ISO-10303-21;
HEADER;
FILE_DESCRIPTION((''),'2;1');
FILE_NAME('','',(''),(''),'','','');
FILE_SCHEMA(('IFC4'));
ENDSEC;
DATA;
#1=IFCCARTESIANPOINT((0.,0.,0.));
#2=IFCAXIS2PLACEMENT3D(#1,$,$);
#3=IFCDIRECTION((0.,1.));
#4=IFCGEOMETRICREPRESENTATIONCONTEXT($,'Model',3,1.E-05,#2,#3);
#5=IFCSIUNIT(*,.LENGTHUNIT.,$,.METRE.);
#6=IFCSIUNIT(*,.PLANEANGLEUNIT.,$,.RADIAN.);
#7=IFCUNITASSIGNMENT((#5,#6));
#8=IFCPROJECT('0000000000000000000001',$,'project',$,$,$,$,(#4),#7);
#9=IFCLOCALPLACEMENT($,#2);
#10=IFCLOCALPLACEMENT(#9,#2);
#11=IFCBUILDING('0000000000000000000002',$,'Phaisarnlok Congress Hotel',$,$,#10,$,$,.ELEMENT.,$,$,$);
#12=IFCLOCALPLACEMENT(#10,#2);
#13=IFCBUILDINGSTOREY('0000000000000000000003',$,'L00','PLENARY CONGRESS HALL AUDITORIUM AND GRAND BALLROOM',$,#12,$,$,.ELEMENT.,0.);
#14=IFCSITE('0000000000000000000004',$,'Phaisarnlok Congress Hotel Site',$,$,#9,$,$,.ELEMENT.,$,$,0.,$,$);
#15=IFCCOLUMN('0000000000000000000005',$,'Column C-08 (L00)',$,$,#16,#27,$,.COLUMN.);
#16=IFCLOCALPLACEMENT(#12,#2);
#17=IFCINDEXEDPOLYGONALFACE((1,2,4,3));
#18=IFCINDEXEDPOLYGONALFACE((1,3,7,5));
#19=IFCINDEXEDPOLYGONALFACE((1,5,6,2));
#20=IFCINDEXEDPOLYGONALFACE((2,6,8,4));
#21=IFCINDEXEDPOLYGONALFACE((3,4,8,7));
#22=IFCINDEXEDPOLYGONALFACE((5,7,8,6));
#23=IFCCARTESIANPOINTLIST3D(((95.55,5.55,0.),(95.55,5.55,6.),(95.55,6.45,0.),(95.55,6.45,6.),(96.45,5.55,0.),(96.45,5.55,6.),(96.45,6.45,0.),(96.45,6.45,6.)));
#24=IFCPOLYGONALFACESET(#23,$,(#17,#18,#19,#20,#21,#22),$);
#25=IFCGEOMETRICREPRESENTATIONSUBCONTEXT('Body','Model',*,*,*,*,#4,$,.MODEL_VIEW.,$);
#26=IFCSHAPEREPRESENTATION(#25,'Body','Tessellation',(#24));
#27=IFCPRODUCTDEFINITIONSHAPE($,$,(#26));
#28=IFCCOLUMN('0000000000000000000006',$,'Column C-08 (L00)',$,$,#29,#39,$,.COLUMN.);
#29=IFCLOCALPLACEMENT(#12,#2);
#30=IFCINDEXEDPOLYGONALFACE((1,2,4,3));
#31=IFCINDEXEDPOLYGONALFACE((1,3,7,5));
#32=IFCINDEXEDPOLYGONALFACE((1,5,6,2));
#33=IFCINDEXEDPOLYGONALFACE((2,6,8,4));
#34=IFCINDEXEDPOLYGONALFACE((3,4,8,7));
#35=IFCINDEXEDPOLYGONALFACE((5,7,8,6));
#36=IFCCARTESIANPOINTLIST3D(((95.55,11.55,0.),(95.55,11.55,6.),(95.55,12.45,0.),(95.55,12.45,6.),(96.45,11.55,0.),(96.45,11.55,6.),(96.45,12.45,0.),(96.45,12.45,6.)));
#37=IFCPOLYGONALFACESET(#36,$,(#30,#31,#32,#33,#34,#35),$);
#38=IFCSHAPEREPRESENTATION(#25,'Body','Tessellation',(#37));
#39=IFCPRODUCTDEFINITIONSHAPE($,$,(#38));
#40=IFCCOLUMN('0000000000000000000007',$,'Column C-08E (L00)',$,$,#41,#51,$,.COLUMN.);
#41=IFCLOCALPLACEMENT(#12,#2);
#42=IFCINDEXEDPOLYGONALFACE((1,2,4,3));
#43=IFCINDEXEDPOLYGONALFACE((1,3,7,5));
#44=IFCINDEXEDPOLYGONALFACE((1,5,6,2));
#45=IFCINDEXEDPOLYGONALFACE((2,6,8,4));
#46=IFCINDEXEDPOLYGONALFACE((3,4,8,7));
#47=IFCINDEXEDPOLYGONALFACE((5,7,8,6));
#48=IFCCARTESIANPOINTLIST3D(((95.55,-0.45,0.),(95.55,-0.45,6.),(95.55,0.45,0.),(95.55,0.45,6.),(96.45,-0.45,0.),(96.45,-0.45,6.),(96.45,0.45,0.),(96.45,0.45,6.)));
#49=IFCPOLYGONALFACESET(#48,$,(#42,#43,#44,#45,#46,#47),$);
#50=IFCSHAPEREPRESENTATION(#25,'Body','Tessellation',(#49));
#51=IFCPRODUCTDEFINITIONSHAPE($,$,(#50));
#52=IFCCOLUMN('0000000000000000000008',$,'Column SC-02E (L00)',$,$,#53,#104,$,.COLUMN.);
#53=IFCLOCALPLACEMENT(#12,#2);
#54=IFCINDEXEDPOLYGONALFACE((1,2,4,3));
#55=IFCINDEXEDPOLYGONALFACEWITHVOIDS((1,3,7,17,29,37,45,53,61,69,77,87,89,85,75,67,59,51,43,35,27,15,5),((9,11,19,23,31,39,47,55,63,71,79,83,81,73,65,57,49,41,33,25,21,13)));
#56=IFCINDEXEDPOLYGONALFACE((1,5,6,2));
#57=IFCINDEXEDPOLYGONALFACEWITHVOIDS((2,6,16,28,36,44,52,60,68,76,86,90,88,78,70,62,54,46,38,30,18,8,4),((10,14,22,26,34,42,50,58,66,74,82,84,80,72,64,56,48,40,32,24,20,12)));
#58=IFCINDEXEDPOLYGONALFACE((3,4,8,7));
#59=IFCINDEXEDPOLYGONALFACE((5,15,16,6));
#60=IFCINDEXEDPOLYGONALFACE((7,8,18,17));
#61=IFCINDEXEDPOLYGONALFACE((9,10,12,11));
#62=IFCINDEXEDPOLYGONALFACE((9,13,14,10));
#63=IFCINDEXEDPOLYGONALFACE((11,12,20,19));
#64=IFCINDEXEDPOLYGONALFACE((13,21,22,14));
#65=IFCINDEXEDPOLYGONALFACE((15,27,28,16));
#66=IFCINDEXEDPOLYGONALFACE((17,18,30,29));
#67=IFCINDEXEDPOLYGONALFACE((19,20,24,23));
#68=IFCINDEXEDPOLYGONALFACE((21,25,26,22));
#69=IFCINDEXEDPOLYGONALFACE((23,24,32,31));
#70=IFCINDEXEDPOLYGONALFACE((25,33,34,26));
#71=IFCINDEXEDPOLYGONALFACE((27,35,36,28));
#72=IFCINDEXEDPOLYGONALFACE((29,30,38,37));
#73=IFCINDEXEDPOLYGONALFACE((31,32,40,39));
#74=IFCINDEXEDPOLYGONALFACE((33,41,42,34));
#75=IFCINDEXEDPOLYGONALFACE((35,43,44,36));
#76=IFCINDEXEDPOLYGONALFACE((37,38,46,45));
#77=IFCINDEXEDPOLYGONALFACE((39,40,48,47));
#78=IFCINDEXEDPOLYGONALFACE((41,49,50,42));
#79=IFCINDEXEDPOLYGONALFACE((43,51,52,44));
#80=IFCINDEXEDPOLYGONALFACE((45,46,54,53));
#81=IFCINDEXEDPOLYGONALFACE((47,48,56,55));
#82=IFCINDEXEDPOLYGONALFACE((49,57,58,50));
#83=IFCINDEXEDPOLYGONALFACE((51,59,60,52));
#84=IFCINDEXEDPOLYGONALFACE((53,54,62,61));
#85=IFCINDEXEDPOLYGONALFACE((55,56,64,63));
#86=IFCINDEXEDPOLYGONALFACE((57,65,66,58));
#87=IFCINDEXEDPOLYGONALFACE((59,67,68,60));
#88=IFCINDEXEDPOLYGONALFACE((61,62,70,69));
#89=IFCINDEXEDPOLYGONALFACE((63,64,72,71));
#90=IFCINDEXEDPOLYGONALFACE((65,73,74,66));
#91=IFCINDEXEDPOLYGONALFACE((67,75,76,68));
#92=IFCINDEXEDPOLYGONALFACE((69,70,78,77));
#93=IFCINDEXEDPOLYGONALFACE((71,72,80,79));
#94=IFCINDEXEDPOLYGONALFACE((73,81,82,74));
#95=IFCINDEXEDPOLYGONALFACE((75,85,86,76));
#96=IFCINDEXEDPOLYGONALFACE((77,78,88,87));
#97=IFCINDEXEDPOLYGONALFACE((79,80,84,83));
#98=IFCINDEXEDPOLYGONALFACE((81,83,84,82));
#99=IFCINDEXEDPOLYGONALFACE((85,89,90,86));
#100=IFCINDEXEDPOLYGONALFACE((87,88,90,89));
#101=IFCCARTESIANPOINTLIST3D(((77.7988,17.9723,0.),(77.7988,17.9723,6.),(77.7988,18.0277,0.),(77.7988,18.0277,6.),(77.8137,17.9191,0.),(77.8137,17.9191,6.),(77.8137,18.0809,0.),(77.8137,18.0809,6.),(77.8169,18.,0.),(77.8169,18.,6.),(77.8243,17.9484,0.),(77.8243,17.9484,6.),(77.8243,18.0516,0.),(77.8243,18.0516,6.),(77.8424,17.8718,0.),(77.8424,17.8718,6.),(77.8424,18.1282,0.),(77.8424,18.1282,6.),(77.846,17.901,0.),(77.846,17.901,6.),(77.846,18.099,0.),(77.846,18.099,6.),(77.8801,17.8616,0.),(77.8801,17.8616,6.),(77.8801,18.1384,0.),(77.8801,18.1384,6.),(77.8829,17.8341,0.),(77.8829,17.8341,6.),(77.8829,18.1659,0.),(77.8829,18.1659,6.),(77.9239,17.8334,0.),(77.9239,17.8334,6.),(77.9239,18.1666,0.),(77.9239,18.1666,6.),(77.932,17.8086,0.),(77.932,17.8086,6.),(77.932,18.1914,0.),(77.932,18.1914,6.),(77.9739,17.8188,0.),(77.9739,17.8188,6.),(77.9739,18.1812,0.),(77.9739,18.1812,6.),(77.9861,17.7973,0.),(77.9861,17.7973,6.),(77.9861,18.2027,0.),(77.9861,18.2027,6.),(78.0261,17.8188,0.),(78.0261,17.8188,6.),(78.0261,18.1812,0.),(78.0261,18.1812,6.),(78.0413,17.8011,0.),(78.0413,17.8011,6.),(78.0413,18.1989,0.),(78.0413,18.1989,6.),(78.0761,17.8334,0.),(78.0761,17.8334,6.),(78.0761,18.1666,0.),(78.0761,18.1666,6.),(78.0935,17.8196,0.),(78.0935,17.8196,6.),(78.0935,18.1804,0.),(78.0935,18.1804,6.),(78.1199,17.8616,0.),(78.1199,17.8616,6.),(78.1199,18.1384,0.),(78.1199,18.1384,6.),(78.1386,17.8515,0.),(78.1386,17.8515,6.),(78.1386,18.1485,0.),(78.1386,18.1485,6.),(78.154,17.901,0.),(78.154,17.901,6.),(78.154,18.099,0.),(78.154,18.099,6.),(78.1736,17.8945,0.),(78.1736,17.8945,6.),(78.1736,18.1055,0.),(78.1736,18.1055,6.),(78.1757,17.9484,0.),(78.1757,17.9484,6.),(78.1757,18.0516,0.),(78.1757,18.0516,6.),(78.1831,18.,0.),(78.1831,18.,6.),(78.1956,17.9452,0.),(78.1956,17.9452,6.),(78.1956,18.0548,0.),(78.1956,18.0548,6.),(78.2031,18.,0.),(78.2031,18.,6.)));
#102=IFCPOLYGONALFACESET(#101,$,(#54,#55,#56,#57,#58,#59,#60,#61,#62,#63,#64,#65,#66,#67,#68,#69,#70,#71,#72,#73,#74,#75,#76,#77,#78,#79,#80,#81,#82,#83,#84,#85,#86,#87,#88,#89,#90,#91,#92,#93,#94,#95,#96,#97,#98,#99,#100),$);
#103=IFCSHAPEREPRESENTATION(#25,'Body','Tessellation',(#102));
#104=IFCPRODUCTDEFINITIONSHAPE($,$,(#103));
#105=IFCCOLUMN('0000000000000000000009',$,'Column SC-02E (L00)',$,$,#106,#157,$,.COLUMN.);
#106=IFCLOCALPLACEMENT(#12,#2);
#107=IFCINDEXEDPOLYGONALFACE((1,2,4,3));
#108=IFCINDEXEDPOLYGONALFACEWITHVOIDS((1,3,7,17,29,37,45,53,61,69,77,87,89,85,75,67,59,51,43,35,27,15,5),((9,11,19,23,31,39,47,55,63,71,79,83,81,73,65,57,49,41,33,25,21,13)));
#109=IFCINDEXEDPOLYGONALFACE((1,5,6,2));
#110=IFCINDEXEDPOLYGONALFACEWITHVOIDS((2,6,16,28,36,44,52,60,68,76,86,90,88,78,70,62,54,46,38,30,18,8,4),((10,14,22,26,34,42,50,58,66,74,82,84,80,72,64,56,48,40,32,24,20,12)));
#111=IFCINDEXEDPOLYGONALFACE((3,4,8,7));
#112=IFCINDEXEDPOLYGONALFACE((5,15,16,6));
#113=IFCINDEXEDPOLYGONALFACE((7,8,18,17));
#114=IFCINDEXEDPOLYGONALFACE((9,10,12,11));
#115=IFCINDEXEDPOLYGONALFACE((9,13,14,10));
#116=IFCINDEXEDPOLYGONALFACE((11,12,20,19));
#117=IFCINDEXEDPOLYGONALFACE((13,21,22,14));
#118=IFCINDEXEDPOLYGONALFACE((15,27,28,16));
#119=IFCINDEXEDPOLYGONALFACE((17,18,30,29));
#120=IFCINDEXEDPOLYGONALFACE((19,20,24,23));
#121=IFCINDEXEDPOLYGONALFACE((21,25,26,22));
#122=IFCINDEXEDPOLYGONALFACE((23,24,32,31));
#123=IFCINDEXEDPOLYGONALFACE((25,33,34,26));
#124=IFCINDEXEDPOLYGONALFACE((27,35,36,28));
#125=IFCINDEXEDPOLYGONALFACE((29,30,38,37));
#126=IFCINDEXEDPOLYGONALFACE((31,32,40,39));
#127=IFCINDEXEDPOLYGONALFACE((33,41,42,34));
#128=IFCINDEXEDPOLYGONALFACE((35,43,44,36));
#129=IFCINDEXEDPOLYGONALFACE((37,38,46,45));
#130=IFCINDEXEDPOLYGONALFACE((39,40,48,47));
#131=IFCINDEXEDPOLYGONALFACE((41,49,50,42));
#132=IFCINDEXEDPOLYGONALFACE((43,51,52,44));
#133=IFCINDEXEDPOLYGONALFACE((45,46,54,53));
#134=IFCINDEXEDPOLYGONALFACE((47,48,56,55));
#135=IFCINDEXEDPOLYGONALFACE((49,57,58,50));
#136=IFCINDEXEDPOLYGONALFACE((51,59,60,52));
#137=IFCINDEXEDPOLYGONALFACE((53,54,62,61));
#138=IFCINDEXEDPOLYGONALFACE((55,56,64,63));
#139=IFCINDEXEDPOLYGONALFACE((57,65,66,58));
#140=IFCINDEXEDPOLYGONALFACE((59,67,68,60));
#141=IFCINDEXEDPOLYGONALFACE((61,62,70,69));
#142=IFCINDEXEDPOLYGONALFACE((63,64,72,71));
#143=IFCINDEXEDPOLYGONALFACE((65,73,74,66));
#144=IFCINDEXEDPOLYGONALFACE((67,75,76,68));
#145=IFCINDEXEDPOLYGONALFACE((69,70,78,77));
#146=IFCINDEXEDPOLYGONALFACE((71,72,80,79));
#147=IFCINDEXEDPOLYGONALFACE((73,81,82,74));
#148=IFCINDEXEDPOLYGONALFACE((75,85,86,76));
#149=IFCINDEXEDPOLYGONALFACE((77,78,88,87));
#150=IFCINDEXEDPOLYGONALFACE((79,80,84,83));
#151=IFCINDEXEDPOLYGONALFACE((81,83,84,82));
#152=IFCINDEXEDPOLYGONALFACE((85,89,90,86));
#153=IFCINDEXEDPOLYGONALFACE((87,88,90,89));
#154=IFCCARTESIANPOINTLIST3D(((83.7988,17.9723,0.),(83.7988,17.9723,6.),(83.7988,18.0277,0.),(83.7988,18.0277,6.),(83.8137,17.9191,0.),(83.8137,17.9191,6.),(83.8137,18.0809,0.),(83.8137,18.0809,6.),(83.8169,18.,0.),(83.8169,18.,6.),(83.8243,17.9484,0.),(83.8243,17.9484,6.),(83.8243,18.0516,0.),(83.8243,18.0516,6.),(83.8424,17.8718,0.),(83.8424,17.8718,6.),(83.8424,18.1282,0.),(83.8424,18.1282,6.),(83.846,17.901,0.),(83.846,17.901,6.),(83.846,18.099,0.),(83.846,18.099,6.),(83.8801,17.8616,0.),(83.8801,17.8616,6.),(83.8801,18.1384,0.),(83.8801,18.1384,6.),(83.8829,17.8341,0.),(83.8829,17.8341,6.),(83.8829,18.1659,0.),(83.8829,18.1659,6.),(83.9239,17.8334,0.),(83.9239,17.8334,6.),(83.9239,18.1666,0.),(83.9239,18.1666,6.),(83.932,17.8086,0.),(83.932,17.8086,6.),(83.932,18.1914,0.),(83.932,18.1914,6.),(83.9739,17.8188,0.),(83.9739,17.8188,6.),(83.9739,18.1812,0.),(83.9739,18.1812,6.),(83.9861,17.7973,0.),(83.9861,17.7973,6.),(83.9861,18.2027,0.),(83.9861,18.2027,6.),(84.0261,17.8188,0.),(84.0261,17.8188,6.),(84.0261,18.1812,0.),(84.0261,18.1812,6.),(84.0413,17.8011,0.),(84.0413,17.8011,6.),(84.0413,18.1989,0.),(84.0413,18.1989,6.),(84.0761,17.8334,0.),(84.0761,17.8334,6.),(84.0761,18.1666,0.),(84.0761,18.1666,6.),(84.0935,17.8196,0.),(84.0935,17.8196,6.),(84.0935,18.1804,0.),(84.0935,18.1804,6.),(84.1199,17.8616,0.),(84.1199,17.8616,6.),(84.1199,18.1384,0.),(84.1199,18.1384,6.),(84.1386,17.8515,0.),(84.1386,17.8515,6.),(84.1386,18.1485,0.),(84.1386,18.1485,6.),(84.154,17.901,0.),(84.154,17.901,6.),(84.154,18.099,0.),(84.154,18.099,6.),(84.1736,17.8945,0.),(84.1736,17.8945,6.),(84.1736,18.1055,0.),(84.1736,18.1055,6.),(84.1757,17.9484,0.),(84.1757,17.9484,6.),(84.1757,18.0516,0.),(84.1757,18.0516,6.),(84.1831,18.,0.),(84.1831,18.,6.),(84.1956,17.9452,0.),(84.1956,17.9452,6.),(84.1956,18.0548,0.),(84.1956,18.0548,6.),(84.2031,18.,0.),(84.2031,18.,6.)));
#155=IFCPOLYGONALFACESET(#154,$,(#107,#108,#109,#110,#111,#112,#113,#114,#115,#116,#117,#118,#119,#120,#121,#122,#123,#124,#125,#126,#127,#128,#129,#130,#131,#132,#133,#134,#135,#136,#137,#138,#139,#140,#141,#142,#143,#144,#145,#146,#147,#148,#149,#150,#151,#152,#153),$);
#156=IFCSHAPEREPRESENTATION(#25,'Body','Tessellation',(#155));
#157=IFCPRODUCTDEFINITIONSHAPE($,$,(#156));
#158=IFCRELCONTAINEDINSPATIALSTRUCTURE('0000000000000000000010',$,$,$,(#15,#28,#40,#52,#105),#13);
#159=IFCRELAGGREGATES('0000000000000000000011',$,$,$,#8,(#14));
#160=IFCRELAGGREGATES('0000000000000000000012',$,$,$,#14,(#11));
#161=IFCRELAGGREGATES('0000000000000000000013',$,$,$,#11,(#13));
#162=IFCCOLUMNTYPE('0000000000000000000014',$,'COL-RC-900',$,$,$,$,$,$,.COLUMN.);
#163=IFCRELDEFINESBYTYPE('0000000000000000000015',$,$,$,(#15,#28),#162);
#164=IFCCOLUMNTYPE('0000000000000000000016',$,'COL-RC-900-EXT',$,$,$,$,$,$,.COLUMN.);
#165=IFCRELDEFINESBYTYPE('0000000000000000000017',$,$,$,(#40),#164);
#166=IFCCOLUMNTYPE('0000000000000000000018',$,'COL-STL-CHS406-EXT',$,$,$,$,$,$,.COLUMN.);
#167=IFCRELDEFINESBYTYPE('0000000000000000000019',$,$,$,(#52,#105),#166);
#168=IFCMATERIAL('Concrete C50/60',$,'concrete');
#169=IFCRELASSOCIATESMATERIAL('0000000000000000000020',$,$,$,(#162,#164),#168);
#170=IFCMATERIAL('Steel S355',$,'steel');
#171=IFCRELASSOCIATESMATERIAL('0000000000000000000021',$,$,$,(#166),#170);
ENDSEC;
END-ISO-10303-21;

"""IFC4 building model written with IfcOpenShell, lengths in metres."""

from ifc_helpers import new_model, si_unit, direction, frame, origin, origin_2d, place, context, subcontext, project, spatial, rectangle, hollow_circle, extrude, material, material_profile, profile_set, type_object, element, save


model = new_model("IFC4")

# Units and contexts
model_context = context("Model", 3, precision=1e-05, world=origin(), true_north=direction((0.0, 1.0)))
body_context = subcontext(model_context, "Body", "Model", "MODEL_VIEW")
ifc_project = project(units=[si_unit("LENGTHUNIT", "METRE"), si_unit("PLANEANGLEUNIT", "RADIAN")], contexts=[model_context])

# Site, building, storey
site_placement = place(None, origin())
site = spatial("IfcSite", under=ifc_project, at=site_placement, Name="Phaisarnlok Congress Hotel Site", CompositionType="ELEMENT", RefElevation=0.0)
building_placement = place(site_placement, origin())
building = spatial("IfcBuilding", under=site, at=building_placement, Name="Phaisarnlok Congress Hotel", CompositionType="ELEMENT")
storey_placement = place(building_placement, origin())
storey = spatial("IfcBuildingStorey", under=building, at=storey_placement, Name="L00", Description="PLENARY CONGRESS HALL AUDITORIUM AND GRAND BALLROOM", CompositionType="ELEMENT", Elevation=0.0)

# Columns
ifc_material_1 = material(Name="Concrete C50/60", Category="concrete")
ifc_material_profile_1 = material_profile(ifc_material_1, rectangle(XDim=0.8999, YDim=0.8999, at=origin_2d()), Name="RC 900x900")
ifc_profile_set_1 = profile_set([ifc_material_profile_1], Name="Concrete C50/60")
column_type_1 = type_object("IfcColumnType", Name="COL-RC-900", PredefinedType="COLUMN", material=ifc_profile_set_1)
for number, where, z_axis, x_axis, name in (
    (1, (96.0, 6.0, 0.0), (0.0, 0.0, 1.0), (1.0, 0.0, 0.0), "Column C-08 (L00)"),
    (2, (96.0, 12.0, 0.0), (0.0, 0.0, 1.0), (1.0, 0.0, 0.0), "Column C-08 (L00)"),
):
    element("IfcColumn", number, at=place(storey_placement, frame(where, z_axis=z_axis, x_axis=x_axis)), inside=storey, type_object=column_type_1, Name=name, PredefinedType="COLUMN", context=body_context, shape_type="SweptSolid", body=[
        extrude(rectangle(XDim=0.8999, YDim=0.8999, at=origin_2d()), origin(), (0.0, 0.0, 1.0), 6.0),
    ])
ifc_material_profile_2 = material_profile(ifc_material_1, rectangle(XDim=0.8999, YDim=0.8999, at=origin_2d()), Name="RC 900x900")
ifc_profile_set_2 = profile_set([ifc_material_profile_2], Name="Concrete C50/60")
column_type_2 = type_object("IfcColumnType", Name="COL-RC-900-EXT", PredefinedType="COLUMN", material=ifc_profile_set_2)
column_placement = place(storey_placement, frame((96.0, 0.0, 0.0), z_axis=(0.0, 0.0, 1.0), x_axis=(1.0, 0.0, 0.0)))
element("IfcColumn", 3, at=column_placement, inside=storey, type_object=column_type_2, Name="Column C-08E (L00)", PredefinedType="COLUMN", context=body_context, shape_type="SweptSolid", body=[
    extrude(rectangle(XDim=0.8999, YDim=0.8999, at=origin_2d()), origin(), (0.0, 0.0, 1.0), 6.0),
])
ifc_material_2 = material(Name="Steel S355", Category="steel")
ifc_material_profile_3 = material_profile(ifc_material_2, hollow_circle(Radius=0.2031, WallThickness=0.02, at=origin_2d()), Name="CHS 406.4x20")
ifc_profile_set_3 = profile_set([ifc_material_profile_3], Name="Steel S355")
column_type_3 = type_object("IfcColumnType", Name="COL-STL-CHS406-EXT", PredefinedType="COLUMN", material=ifc_profile_set_3)
for number, where, z_axis, x_axis, name in (
    (4, (78.0, 18.0, 0.0), (0.0, 0.0, 1.0), (1.0, 0.0, 0.0), "Column SC-02E (L00)"),
    (5, (84.0, 18.0, 0.0), (0.0, 0.0, 1.0), (1.0, 0.0, 0.0), "Column SC-02E (L00)"),
):
    element("IfcColumn", number, at=place(storey_placement, frame(where, z_axis=z_axis, x_axis=x_axis)), inside=storey, type_object=column_type_3, Name=name, PredefinedType="COLUMN", context=body_context, shape_type="SweptSolid", body=[
        extrude(hollow_circle(Radius=0.2031, WallThickness=0.02, at=origin_2d()), origin(), (0.0, 0.0, 1.0), 6.0),
    ])

save(model, "model.ifc")
